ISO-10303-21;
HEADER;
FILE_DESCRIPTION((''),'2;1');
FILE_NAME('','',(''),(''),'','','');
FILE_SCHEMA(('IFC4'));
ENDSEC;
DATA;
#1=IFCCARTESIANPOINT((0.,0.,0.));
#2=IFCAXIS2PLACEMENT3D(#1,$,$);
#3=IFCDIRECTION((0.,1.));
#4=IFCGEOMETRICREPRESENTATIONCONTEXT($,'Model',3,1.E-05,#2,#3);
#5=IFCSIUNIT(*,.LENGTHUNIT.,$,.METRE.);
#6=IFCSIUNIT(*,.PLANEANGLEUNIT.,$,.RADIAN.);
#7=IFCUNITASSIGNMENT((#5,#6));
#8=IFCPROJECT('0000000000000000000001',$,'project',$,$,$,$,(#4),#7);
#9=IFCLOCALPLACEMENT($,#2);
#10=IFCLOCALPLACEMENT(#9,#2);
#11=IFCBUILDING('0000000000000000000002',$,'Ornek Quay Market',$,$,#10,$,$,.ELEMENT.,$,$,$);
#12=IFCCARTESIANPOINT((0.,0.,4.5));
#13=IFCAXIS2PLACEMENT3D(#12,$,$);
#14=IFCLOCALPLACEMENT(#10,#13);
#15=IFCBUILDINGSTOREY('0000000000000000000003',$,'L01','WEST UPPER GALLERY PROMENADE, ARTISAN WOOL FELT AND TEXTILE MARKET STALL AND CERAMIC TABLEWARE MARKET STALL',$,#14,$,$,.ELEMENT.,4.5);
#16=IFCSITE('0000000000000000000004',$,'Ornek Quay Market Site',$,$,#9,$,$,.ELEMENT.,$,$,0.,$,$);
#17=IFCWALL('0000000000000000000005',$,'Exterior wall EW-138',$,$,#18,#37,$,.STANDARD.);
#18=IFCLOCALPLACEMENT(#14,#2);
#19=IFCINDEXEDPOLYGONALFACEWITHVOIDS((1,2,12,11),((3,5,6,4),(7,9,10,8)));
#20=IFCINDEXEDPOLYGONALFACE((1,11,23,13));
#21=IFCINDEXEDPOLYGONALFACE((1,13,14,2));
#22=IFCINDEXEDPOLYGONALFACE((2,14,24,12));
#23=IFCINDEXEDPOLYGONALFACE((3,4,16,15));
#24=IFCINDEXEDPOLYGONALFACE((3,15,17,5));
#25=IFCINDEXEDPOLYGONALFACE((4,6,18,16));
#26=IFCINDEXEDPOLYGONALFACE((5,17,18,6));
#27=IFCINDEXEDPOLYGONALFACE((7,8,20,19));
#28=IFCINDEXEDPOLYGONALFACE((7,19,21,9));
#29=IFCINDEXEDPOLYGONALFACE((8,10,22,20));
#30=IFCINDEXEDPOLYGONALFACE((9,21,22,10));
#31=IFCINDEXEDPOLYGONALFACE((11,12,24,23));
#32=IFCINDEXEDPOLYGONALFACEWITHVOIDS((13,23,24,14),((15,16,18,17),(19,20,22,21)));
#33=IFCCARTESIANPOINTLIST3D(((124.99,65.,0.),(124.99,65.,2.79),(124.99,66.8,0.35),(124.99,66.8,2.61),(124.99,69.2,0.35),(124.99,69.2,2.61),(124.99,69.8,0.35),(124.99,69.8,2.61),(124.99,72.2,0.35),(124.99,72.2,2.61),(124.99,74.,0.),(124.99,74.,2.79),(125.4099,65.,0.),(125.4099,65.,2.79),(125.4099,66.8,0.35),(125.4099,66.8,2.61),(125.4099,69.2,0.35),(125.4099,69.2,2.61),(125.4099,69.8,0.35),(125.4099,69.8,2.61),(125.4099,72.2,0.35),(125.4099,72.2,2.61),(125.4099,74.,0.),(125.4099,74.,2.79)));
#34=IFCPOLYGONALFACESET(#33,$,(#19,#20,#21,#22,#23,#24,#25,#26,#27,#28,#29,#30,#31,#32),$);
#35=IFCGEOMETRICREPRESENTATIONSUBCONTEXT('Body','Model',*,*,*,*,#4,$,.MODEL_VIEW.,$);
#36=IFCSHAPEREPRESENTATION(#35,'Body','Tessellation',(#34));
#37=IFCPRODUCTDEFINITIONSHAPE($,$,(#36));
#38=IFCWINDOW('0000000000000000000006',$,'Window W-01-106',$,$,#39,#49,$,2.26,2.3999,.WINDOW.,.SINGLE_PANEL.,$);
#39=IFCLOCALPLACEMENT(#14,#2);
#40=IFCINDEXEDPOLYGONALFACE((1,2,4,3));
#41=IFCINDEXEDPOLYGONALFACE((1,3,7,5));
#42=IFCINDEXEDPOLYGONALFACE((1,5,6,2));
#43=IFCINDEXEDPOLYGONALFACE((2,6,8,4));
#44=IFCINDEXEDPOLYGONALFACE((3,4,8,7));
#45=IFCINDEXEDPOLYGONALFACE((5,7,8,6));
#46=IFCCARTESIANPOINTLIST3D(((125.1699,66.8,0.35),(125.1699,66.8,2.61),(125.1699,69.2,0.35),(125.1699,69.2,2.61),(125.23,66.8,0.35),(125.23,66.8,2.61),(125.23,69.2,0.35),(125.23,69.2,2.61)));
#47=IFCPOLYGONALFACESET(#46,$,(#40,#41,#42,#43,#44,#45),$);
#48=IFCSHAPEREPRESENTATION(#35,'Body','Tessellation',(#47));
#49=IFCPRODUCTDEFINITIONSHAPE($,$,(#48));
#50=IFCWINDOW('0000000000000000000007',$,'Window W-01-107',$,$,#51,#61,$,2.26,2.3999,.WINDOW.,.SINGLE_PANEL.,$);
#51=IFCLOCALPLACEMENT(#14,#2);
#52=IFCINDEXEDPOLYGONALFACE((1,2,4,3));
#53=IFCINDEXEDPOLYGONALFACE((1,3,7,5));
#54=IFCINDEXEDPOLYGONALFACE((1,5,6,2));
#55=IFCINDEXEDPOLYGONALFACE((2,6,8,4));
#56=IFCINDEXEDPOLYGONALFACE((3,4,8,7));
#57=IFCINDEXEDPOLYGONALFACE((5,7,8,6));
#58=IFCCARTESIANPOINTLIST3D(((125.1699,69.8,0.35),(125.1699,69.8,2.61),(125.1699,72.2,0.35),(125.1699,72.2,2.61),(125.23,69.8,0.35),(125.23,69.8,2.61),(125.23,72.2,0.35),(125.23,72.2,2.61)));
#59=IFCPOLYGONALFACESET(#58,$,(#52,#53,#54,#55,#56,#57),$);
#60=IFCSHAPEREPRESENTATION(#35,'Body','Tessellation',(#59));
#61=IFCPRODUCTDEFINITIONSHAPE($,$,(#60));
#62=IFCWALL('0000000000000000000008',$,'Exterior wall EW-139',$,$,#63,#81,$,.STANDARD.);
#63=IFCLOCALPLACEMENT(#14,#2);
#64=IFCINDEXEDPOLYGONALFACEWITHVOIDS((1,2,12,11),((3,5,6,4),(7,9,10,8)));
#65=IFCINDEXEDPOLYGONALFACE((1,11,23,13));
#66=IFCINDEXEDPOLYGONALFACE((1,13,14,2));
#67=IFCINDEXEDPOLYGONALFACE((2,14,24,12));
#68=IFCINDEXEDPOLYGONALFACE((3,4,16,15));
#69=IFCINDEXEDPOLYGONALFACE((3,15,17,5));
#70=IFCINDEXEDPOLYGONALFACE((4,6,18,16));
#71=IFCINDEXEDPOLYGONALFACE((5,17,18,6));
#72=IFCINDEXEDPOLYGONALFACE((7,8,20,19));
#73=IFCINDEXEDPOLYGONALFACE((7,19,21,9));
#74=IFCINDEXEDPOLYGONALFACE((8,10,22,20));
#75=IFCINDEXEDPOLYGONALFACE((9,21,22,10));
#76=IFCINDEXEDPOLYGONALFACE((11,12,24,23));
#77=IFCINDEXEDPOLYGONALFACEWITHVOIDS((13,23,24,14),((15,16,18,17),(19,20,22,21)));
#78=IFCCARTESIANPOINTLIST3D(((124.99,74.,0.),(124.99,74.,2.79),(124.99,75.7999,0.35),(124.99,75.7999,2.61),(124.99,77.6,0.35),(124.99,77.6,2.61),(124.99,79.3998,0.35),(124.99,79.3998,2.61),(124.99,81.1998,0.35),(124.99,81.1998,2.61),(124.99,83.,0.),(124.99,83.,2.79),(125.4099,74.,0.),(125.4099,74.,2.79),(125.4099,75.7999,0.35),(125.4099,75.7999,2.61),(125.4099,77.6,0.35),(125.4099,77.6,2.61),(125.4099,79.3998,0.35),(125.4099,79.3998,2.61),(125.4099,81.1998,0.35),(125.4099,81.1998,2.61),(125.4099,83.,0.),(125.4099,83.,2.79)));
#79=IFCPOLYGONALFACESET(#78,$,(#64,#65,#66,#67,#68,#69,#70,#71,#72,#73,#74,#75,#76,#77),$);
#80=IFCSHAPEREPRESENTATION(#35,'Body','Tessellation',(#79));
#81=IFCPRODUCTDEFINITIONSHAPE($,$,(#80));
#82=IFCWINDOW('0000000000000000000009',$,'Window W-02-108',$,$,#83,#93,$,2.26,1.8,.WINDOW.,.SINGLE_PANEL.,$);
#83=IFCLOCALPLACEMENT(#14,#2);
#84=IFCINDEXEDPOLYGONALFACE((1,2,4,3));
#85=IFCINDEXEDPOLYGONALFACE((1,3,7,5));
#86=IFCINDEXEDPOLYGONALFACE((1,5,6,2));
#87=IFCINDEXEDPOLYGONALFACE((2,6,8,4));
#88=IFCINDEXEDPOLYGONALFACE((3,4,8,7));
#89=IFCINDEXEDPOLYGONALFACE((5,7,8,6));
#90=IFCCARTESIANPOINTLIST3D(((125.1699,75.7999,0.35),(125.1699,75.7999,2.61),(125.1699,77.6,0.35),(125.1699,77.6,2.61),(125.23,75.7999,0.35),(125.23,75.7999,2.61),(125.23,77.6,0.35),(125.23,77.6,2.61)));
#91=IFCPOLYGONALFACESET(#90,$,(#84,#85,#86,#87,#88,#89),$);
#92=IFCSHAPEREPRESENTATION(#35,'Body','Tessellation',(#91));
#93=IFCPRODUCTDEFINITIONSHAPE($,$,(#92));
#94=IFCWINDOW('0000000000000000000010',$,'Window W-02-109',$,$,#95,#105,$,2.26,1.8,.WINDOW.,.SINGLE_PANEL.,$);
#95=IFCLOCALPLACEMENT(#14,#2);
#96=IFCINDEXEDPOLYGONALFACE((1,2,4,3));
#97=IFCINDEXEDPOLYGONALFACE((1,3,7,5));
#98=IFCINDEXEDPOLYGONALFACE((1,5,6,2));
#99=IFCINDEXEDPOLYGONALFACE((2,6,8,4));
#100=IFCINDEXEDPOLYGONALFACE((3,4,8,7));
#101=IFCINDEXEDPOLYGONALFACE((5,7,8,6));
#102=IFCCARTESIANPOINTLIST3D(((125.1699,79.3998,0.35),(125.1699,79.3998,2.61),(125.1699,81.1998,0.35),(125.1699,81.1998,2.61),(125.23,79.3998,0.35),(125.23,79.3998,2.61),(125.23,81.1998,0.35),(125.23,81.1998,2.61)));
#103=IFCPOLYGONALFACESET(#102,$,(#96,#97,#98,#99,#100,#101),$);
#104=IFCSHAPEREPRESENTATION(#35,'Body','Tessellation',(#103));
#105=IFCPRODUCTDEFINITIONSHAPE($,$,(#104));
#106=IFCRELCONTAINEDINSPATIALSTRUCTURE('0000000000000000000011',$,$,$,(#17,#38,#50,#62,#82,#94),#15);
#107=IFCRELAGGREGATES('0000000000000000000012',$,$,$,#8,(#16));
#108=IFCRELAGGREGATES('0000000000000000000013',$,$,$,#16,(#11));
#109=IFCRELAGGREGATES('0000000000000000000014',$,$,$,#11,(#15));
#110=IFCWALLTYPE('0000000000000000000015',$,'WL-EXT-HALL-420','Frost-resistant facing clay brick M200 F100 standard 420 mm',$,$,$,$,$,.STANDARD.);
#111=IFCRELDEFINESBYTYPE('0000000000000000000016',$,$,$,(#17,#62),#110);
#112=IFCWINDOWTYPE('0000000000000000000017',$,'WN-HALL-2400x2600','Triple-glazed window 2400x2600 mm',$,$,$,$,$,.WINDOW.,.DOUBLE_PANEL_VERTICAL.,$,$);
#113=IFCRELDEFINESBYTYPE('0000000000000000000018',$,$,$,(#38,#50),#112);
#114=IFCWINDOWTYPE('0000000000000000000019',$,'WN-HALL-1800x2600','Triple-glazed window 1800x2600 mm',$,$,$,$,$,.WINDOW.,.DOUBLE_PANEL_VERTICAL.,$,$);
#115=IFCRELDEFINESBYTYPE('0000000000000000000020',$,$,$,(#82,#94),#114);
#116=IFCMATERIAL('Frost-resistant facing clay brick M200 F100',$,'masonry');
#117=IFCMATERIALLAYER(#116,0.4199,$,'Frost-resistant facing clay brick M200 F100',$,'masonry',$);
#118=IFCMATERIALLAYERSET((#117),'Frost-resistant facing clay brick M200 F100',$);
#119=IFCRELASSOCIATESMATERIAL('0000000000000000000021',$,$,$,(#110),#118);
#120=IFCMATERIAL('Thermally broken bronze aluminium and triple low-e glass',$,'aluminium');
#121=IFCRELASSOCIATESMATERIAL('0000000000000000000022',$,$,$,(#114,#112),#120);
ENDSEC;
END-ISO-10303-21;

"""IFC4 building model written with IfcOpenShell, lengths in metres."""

from ifc_helpers import new_model, si_unit, direction, frame, frame_2d, origin, place, context, subcontext, project, spatial, rectangle, extrude, material, layer, layer_set, type_object, element, fill, save


model = new_model("IFC4")

# Units and contexts
model_context = context("Model", 3, precision=1e-05, world=origin(), true_north=direction((0.0, 1.0)))
body_context = subcontext(model_context, "Body", "Model", "MODEL_VIEW")
ifc_project = project(units=[si_unit("LENGTHUNIT", "METRE"), si_unit("PLANEANGLEUNIT", "RADIAN")], contexts=[model_context])

# Site, building, storey
site_placement = place(None, origin())
site = spatial("IfcSite", under=ifc_project, at=site_placement, Name="Ornek Quay Market Site", CompositionType="ELEMENT", RefElevation=0.0)
building_placement = place(site_placement, origin())
building = spatial("IfcBuilding", under=site, at=building_placement, Name="Ornek Quay Market", CompositionType="ELEMENT")
storey_placement = place(building_placement, frame((0.0, 0.0, 4.5)))
storey = spatial("IfcBuildingStorey", under=building, at=storey_placement, Name="L01", Description="WEST UPPER GALLERY PROMENADE, ARTISAN WOOL FELT AND TEXTILE MARKET STALL AND CERAMIC TABLEWARE MARKET STALL", CompositionType="ELEMENT", Elevation=4.5)

# Walls, openings, windows
ifc_material_1 = material(Name="Frost-resistant facing clay brick M200 F100", Category="masonry")
ifc_layer_1 = layer(ifc_material_1, 0.4199, Name="Frost-resistant facing clay brick M200 F100", Category="masonry")
ifc_layer_set_1 = layer_set([ifc_layer_1], Name="Frost-resistant facing clay brick M200 F100")
wall_type = type_object("IfcWallType", Name="WL-EXT-HALL-420", Description="Frost-resistant facing clay brick M200 F100 standard 420 mm", PredefinedType="STANDARD", material=ifc_layer_set_1)
ifc_material_2 = material(Name="Thermally broken bronze aluminium and triple low-e glass", Category="aluminium")
window_type_1 = type_object("IfcWindowType", Name="WN-HALL-1800x2600", Description="Triple-glazed window 1800x2600 mm", PartitioningType="DOUBLE_PANEL_VERTICAL", PredefinedType="WINDOW", material=ifc_material_2)
wall_1_placement = place(storey_placement, frame((125.2, 65.0, 0.0), z_axis=(0.0, 0.0, 1.0), x_axis=(0.0, 1.0, 0.0)))
wall_1 = element("IfcWall", 1, at=wall_1_placement, inside=storey, type_object=wall_type, Name="Exterior wall EW-138", PredefinedType="STANDARD", context=body_context, shape_type="SweptSolid", body=[
    extrude(rectangle(XDim=9.0, YDim=0.4199, at=frame_2d((4.5, 0.0))), origin(), (0.0, 0.0, 1.0), 2.79),
])
opening_1_placement = place(wall_1_placement, frame((1.8, 0.0, 0.3501)))
opening_1 = element("IfcOpeningElement", 2, at=opening_1_placement, cuts=wall_1, PredefinedType="OPENING", context=body_context, shape_type="SweptSolid", body=[
    extrude(rectangle(XDim=2.3999, YDim=2.26, at=frame_2d((1.2, 1.1299))), frame((0.0, 0.22, 0.0), z_axis=(0.0, -1.0, 0.0), x_axis=(1.0, 0.0, 0.0)), (0.0, 0.0, 1.0), 0.4399),
])
opening_2_placement = place(wall_1_placement, frame((4.8, 0.0, 0.3501)))
opening_2 = element("IfcOpeningElement", 3, at=opening_2_placement, cuts=wall_1, PredefinedType="OPENING", context=body_context, shape_type="SweptSolid", body=[
    extrude(rectangle(XDim=2.3999, YDim=2.26, at=frame_2d((1.2, 1.1299))), frame((0.0, 0.22, 0.0), z_axis=(0.0, -1.0, 0.0), x_axis=(1.0, 0.0, 0.0)), (0.0, 0.0, 1.0), 0.4399),
])
window_type_2 = type_object("IfcWindowType", Name="WN-HALL-2400x2600", Description="Triple-glazed window 2400x2600 mm", PartitioningType="DOUBLE_PANEL_VERTICAL", PredefinedType="WINDOW", material=ifc_material_2)
window_1_placement = place(opening_1_placement, origin())
window_1 = element("IfcWindow", 4, at=window_1_placement, inside=storey, type_object=window_type_2, Name="Window W-01-106", OverallHeight=2.26, OverallWidth=2.3999, PartitioningType="SINGLE_PANEL", PredefinedType="WINDOW", context=body_context, shape_type="SweptSolid", body=[
    extrude(rectangle(XDim=2.3999, YDim=2.26, at=frame_2d((1.2, 1.1299))), frame((0.0, 0.03, 0.0), z_axis=(0.0, -1.0, 0.0), x_axis=(1.0, 0.0, 0.0)), (0.0, 0.0, 1.0), 0.0601),
])
fill(opening_1, window_1)
window_2_placement = place(opening_2_placement, origin())
window_2 = element("IfcWindow", 5, at=window_2_placement, inside=storey, type_object=window_type_2, Name="Window W-01-107", OverallHeight=2.26, OverallWidth=2.3999, PartitioningType="SINGLE_PANEL", PredefinedType="WINDOW", context=body_context, shape_type="SweptSolid", body=[
    extrude(rectangle(XDim=2.3999, YDim=2.26, at=frame_2d((1.2, 1.1299))), frame((0.0, 0.03, 0.0), z_axis=(0.0, -1.0, 0.0), x_axis=(1.0, 0.0, 0.0)), (0.0, 0.0, 1.0), 0.0601),
])
fill(opening_2, window_2)
wall_2_placement = place(storey_placement, frame((125.2, 74.0, 0.0), z_axis=(0.0, 0.0, 1.0), x_axis=(0.0, 1.0, 0.0)))
wall_2 = element("IfcWall", 6, at=wall_2_placement, inside=storey, type_object=wall_type, Name="Exterior wall EW-139", PredefinedType="STANDARD", context=body_context, shape_type="SweptSolid", body=[
    extrude(rectangle(XDim=9.0, YDim=0.4199, at=frame_2d((4.5, 0.0))), origin(), (0.0, 0.0, 1.0), 2.79),
])
opening_3_placement = place(wall_2_placement, frame((1.8, 0.0, 0.3501)))
opening_3 = element("IfcOpeningElement", 7, at=opening_3_placement, cuts=wall_2, PredefinedType="OPENING", context=body_context, shape_type="SweptSolid", body=[
    extrude(rectangle(XDim=1.8, YDim=2.26, at=frame_2d((0.8999, 1.1299))), frame((0.0, 0.22, 0.0), z_axis=(0.0, -1.0, 0.0), x_axis=(1.0, 0.0, 0.0)), (0.0, 0.0, 1.0), 0.4399),
])
opening_4_placement = place(wall_2_placement, frame((5.3999, 0.0, 0.3501)))
opening_4 = element("IfcOpeningElement", 8, at=opening_4_placement, cuts=wall_2, PredefinedType="OPENING", context=body_context, shape_type="SweptSolid", body=[
    extrude(rectangle(XDim=1.8, YDim=2.26, at=frame_2d((0.8999, 1.1299))), frame((0.0, 0.22, 0.0), z_axis=(0.0, -1.0, 0.0), x_axis=(1.0, 0.0, 0.0)), (0.0, 0.0, 1.0), 0.4399),
])
window_3_placement = place(opening_3_placement, origin())
window_3 = element("IfcWindow", 9, at=window_3_placement, inside=storey, type_object=window_type_1, Name="Window W-02-108", OverallHeight=2.26, OverallWidth=1.8, PartitioningType="SINGLE_PANEL", PredefinedType="WINDOW", context=body_context, shape_type="SweptSolid", body=[
    extrude(rectangle(XDim=1.8, YDim=2.26, at=frame_2d((0.8999, 1.1299))), frame((0.0, 0.03, 0.0), z_axis=(0.0, -1.0, 0.0), x_axis=(1.0, 0.0, 0.0)), (0.0, 0.0, 1.0), 0.0601),
])
fill(opening_3, window_3)
window_4_placement = place(opening_4_placement, origin())
window_4 = element("IfcWindow", 10, at=window_4_placement, inside=storey, type_object=window_type_1, Name="Window W-02-109", OverallHeight=2.26, OverallWidth=1.8, PartitioningType="SINGLE_PANEL", PredefinedType="WINDOW", context=body_context, shape_type="SweptSolid", body=[
    extrude(rectangle(XDim=1.8, YDim=2.26, at=frame_2d((0.8999, 1.1299))), frame((0.0, 0.03, 0.0), z_axis=(0.0, -1.0, 0.0), x_axis=(1.0, 0.0, 0.0)), (0.0, 0.0, 1.0), 0.0601),
])
fill(opening_4, window_4)

save(model, "model.ifc")
